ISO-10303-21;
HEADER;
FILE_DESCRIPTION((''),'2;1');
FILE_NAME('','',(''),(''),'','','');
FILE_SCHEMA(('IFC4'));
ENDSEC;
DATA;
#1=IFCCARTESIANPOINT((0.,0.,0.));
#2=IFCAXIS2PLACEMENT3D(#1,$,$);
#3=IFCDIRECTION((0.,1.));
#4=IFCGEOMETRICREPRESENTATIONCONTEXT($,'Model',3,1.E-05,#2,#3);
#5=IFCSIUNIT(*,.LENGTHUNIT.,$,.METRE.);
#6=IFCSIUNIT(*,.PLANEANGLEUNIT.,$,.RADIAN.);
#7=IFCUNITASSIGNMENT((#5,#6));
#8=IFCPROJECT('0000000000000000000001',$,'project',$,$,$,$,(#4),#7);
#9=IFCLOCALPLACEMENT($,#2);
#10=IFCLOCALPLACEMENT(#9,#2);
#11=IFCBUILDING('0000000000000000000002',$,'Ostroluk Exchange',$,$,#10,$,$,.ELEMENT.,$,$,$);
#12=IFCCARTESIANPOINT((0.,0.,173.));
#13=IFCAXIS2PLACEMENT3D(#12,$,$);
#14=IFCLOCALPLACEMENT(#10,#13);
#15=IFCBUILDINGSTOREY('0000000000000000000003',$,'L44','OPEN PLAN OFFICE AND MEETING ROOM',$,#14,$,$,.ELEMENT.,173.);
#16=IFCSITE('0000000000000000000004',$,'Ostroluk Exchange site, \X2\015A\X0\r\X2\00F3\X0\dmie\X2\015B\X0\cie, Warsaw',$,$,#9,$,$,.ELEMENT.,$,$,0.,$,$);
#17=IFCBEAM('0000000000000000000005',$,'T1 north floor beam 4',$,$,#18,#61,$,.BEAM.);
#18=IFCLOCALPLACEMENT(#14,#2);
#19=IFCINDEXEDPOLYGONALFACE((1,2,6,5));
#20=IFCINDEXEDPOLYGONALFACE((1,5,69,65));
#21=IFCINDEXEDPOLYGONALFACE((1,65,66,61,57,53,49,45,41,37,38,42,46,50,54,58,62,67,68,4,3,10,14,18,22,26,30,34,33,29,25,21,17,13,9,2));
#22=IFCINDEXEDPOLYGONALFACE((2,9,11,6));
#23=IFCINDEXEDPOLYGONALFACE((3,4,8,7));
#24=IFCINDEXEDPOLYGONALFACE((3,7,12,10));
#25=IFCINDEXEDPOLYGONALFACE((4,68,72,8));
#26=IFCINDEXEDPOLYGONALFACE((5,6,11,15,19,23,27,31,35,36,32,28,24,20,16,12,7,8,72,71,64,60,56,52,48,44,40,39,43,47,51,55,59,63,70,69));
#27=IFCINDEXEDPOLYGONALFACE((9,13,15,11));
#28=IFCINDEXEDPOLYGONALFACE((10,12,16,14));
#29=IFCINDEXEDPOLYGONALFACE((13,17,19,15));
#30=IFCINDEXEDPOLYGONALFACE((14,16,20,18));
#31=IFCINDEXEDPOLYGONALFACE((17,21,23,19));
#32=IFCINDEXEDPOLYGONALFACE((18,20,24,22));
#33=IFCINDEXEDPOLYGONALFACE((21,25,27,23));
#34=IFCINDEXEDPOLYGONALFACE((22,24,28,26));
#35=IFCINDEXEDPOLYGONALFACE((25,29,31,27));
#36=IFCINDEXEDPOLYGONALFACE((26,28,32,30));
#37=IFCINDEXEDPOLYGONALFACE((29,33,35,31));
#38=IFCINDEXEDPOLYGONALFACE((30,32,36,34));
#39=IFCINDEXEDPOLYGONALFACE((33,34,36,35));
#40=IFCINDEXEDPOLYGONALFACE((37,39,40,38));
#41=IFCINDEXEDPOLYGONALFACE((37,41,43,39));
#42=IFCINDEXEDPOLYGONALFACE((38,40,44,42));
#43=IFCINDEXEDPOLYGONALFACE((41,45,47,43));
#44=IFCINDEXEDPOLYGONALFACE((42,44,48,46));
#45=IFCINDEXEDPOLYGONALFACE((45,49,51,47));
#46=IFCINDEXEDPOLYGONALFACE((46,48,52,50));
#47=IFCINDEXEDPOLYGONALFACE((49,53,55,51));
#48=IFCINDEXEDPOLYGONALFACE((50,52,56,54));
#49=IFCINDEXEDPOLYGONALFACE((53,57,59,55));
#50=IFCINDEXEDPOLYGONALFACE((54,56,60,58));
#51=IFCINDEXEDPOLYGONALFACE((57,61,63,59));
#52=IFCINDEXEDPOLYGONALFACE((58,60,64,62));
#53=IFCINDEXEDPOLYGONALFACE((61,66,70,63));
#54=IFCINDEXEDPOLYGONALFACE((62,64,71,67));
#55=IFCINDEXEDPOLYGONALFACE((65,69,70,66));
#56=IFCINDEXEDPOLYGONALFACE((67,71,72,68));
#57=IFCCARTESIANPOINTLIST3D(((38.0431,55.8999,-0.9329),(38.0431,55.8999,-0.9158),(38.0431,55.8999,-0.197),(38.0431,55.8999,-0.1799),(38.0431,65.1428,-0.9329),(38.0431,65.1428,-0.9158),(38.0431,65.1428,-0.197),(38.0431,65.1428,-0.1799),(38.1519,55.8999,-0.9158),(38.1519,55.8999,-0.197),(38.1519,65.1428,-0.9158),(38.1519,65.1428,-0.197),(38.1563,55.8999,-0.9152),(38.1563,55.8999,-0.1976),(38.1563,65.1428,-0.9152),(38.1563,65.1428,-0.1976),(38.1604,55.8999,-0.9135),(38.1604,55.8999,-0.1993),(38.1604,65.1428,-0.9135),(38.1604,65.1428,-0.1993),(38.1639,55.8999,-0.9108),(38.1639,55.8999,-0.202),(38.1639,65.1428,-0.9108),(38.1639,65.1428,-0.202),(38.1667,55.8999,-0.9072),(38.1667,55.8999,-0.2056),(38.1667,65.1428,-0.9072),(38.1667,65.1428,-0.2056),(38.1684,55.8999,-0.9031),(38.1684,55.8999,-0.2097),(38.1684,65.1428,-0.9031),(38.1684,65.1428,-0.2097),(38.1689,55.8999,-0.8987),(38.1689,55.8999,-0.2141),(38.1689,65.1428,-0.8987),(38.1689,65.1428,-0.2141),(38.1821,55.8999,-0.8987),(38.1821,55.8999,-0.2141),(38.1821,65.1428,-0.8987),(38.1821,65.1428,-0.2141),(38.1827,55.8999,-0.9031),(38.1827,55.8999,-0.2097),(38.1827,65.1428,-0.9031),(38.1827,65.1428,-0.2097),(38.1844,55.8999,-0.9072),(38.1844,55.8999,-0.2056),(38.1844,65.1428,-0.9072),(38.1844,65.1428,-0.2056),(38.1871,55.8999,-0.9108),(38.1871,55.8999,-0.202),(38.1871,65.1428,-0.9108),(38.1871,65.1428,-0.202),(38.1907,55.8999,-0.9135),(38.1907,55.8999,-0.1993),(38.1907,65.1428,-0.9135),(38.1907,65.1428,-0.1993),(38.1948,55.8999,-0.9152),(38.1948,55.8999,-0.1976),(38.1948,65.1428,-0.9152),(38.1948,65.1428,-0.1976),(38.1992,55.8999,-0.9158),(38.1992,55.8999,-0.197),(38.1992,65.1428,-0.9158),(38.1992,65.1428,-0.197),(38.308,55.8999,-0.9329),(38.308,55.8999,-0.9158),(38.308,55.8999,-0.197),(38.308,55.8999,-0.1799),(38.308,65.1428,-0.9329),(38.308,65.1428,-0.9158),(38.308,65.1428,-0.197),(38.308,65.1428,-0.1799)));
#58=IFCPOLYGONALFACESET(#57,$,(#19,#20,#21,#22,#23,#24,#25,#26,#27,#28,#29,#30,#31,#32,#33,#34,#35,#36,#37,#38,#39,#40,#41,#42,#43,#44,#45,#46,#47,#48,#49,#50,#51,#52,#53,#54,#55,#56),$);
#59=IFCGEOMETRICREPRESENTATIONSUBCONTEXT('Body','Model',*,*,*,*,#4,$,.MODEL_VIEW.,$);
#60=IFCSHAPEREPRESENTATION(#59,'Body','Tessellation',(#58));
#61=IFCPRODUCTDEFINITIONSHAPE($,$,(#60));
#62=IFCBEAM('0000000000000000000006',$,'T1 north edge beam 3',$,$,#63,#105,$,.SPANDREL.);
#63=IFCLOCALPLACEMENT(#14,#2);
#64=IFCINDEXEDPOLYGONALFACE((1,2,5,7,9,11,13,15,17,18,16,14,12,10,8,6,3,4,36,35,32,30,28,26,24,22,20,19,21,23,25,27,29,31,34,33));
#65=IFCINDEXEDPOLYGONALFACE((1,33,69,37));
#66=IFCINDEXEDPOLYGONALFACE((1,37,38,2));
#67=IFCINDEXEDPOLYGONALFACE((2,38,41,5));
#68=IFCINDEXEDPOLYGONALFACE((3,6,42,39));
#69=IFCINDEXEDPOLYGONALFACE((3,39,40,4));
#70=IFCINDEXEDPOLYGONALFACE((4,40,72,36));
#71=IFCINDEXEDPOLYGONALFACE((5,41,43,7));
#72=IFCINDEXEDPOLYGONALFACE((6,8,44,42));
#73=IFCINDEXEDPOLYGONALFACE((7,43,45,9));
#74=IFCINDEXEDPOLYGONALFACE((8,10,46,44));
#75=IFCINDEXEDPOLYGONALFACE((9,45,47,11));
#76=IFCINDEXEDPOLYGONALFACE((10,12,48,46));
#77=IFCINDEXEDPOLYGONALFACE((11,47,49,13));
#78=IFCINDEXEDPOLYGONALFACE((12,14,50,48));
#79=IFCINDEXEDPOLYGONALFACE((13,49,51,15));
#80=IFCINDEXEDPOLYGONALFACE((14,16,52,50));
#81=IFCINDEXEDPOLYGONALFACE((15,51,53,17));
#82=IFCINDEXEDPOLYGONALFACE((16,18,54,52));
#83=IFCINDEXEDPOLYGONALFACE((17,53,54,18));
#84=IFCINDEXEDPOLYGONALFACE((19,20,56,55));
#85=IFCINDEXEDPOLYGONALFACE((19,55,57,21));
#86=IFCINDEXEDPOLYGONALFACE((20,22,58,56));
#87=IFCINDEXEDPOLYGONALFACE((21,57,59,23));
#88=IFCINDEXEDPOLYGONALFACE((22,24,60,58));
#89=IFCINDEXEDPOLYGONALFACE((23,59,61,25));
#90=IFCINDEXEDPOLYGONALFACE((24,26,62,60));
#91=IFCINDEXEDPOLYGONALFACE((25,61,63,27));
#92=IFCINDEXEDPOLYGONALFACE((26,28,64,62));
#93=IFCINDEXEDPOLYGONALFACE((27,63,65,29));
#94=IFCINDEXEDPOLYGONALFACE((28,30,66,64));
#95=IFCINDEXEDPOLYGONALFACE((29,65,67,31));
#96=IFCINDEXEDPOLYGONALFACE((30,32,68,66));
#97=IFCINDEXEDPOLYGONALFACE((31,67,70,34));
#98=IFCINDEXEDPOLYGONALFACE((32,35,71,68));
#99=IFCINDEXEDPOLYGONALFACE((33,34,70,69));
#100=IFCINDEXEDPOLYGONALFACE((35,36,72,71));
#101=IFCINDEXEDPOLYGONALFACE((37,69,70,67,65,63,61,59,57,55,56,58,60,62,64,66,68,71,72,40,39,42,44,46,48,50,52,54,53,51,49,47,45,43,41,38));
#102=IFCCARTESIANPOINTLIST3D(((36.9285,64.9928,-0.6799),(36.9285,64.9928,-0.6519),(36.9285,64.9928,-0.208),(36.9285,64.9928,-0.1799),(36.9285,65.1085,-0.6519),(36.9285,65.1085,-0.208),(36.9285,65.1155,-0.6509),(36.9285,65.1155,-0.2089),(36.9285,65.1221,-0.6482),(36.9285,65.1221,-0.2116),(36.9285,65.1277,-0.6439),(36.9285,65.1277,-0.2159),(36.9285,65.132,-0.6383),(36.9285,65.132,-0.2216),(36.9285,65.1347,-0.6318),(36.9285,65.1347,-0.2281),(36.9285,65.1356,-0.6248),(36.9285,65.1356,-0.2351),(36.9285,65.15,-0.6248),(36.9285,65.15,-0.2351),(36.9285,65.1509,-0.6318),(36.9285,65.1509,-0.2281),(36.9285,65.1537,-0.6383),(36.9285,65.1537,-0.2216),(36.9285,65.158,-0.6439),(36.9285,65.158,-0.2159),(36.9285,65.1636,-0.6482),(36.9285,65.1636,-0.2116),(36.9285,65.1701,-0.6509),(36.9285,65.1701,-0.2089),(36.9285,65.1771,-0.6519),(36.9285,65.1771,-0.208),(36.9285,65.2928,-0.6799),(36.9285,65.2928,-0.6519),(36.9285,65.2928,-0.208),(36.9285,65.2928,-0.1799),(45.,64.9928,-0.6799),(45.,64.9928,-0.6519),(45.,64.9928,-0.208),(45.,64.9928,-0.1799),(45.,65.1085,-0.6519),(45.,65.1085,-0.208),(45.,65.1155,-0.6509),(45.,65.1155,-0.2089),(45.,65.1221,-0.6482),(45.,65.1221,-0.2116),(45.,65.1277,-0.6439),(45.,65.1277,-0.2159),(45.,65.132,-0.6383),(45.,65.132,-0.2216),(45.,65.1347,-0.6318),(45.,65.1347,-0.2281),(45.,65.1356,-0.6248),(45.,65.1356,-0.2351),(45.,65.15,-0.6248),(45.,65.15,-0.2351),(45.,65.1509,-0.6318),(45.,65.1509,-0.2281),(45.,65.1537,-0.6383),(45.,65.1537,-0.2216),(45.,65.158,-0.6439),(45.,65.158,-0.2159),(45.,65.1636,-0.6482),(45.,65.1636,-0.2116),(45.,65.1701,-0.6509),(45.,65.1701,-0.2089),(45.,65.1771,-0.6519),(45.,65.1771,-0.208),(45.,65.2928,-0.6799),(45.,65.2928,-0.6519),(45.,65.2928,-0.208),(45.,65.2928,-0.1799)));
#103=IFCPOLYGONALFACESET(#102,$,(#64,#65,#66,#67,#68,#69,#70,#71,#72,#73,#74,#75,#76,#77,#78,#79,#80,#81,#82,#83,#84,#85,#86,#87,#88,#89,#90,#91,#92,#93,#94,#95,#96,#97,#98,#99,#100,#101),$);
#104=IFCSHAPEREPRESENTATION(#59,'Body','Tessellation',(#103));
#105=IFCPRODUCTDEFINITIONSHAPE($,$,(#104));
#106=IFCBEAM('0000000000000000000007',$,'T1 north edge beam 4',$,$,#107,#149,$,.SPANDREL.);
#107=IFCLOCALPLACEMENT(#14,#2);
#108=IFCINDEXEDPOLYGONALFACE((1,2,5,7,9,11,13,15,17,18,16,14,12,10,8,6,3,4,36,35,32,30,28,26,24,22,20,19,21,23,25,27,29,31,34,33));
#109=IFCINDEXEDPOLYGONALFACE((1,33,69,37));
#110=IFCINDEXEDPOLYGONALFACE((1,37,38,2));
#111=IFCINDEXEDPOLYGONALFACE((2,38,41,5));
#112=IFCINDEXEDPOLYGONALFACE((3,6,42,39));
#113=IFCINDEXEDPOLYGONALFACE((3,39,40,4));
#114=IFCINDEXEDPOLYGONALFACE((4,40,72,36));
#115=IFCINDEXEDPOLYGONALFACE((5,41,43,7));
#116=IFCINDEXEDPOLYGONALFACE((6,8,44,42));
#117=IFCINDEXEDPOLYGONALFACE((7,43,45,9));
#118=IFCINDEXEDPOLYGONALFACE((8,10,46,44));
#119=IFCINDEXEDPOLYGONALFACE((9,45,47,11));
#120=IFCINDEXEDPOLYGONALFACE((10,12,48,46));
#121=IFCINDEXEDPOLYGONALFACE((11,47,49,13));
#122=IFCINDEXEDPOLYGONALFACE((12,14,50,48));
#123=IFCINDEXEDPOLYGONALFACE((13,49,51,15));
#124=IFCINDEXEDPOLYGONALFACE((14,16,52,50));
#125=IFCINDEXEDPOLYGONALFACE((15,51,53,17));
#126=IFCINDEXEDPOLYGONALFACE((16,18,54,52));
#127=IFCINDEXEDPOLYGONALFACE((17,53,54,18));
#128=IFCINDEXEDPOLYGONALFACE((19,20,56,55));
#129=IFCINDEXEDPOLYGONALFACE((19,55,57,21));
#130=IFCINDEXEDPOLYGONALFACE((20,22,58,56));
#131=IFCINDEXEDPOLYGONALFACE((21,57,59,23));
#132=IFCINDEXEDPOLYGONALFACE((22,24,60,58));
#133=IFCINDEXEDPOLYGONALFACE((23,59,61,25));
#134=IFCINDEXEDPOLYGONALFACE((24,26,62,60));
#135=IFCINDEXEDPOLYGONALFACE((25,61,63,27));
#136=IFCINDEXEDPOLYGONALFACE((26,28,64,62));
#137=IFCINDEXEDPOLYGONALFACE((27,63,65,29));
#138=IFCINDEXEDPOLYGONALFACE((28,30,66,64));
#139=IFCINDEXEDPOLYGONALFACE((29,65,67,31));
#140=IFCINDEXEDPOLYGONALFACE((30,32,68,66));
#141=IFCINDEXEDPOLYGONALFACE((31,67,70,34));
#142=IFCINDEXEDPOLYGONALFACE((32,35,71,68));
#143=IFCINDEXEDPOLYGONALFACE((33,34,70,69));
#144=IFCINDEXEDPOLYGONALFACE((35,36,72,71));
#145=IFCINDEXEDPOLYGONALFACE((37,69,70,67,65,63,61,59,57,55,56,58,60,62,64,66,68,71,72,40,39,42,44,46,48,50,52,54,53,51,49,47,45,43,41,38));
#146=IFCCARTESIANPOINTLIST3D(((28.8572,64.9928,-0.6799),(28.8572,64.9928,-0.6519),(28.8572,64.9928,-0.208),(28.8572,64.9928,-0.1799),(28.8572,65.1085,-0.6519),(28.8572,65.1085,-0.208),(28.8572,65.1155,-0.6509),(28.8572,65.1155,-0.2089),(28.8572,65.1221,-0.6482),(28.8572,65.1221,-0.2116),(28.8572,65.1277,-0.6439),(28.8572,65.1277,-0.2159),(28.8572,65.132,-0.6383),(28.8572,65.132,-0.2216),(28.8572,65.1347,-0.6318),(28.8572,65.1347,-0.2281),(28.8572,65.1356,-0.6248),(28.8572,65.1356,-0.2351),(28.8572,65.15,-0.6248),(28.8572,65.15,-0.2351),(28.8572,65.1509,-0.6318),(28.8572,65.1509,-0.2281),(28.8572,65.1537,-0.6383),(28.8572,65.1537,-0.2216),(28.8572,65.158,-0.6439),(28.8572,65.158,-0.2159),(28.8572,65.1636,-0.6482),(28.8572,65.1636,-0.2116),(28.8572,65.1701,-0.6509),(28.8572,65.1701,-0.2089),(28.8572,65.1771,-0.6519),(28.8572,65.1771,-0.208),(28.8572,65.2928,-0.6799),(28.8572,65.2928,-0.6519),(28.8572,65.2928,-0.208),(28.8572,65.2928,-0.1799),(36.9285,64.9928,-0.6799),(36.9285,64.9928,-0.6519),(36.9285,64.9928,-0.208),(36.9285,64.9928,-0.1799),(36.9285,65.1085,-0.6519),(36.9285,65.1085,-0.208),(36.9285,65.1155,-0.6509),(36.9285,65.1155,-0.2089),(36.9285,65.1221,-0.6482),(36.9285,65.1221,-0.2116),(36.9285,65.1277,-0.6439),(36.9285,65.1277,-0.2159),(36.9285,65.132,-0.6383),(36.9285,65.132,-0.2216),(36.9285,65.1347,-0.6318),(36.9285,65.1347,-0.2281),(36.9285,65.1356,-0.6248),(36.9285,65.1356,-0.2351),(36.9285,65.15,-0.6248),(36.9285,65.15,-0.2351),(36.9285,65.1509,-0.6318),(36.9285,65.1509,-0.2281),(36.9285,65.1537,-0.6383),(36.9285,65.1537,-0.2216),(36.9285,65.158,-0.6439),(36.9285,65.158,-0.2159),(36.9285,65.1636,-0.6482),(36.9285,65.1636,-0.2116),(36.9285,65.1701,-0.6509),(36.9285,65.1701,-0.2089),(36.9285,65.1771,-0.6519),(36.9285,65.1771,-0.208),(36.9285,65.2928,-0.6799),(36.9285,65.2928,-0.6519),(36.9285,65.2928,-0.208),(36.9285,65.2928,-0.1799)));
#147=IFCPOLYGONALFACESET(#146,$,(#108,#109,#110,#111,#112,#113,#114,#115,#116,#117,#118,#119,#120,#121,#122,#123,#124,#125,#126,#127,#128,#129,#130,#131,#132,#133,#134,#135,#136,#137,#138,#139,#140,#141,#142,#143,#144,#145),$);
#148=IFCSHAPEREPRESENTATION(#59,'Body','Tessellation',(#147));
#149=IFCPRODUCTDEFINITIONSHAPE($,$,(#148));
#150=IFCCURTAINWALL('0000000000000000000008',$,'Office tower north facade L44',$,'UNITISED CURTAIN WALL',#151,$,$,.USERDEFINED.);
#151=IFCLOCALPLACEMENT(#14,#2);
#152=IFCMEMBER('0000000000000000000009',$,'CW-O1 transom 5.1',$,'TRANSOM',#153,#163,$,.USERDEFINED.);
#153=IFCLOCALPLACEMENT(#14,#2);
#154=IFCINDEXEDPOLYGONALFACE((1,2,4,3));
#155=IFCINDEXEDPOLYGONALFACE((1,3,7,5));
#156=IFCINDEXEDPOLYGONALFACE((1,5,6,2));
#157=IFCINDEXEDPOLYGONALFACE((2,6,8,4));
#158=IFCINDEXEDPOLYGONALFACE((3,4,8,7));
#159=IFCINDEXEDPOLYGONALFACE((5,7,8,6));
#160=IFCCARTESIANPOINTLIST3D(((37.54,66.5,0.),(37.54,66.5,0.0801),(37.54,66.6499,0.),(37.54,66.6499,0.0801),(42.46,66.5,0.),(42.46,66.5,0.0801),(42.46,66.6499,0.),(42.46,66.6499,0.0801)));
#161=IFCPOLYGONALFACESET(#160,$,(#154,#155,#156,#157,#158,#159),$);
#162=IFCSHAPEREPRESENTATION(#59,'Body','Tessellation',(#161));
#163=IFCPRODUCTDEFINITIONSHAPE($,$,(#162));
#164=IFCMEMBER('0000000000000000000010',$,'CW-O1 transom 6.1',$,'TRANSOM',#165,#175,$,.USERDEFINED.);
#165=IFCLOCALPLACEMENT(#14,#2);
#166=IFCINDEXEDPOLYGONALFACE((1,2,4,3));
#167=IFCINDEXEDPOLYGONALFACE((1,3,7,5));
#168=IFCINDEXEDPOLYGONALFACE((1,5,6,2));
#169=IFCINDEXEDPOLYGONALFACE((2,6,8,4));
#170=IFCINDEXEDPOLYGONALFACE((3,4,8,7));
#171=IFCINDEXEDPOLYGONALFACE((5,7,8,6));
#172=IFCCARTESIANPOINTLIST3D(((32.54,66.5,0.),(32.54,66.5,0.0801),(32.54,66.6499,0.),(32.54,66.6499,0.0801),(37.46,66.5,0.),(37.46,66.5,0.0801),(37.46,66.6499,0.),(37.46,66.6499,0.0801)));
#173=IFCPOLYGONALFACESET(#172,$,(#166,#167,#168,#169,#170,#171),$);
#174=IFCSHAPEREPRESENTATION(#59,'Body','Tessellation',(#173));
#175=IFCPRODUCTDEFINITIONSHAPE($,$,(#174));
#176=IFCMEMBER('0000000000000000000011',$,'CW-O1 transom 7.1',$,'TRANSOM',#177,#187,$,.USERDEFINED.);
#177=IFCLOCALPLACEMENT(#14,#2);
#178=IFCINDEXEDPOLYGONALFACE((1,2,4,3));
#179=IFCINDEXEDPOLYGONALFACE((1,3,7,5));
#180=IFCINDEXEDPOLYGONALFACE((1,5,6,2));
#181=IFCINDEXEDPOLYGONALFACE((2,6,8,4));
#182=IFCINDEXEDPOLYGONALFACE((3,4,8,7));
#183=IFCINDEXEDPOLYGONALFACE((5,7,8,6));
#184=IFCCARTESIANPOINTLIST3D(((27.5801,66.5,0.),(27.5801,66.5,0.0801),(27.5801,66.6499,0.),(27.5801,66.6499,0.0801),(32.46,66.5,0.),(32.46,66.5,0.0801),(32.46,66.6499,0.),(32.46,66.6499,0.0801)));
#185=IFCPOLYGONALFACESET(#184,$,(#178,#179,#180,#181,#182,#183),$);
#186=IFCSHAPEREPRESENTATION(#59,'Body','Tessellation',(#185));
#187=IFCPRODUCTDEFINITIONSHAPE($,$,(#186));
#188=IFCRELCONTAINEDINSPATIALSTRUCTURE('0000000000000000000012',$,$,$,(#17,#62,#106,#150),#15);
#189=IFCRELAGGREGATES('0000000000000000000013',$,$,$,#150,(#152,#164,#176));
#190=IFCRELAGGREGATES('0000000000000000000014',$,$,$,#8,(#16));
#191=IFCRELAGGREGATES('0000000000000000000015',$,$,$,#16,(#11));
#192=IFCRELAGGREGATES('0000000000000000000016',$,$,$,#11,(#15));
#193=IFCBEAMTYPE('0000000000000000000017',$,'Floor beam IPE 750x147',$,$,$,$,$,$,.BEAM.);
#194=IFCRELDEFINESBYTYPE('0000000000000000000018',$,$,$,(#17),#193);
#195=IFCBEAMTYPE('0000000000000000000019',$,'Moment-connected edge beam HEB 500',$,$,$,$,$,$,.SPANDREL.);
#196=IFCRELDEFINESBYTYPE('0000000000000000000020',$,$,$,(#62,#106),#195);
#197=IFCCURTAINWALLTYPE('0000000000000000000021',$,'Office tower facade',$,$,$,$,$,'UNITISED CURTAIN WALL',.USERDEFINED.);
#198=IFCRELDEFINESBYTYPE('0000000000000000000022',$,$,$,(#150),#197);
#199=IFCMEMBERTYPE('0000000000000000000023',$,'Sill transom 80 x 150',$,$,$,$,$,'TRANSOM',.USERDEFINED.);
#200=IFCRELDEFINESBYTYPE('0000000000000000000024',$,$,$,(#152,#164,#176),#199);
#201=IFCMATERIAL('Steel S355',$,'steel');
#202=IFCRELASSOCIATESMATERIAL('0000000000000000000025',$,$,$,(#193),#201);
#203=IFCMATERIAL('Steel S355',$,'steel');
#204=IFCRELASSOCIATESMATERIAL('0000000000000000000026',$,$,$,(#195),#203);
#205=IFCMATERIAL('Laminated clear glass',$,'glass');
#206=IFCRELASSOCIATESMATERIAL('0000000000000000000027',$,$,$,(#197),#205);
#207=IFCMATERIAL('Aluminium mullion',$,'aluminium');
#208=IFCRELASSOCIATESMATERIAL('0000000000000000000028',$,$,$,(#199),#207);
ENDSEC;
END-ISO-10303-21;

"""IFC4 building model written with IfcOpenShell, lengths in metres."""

from ifc_helpers import new_model, si_unit, direction, frame, origin, origin_2d, place, context, subcontext, project, spatial, rectangle, i_section, extrude, material, material_profile, profile_set, type_object, element, aggregate, save


model = new_model("IFC4")

# Units and contexts
model_context = context("Model", 3, precision=1e-05, world=origin(), true_north=direction((0.0, 1.0)))
body_context = subcontext(model_context, "Body", "Model", "MODEL_VIEW")
ifc_project = project(units=[si_unit("LENGTHUNIT", "METRE"), si_unit("PLANEANGLEUNIT", "RADIAN")], contexts=[model_context])

# Site, building, storey
site_placement = place(None, origin())
site = spatial("IfcSite", under=ifc_project, at=site_placement, Name="Ostroluk Exchange site, Śródmieście, Warsaw", CompositionType="ELEMENT", RefElevation=0.0)
building_placement = place(site_placement, origin())
building = spatial("IfcBuilding", under=site, at=building_placement, Name="Ostroluk Exchange", CompositionType="ELEMENT")
storey_placement = place(building_placement, frame((0.0, 0.0, 173.0)))
storey = spatial("IfcBuildingStorey", under=building, at=storey_placement, Name="L44", Description="OPEN PLAN OFFICE AND MEETING ROOM", CompositionType="ELEMENT", Elevation=173.0)

# Beams
ifc_material_1 = material(Name="Steel S355", Category="steel")
ifc_material_profile_1 = material_profile(ifc_material_1, i_section(OverallWidth=0.2649, OverallDepth=0.7529, WebThickness=0.0132, FlangeThickness=0.0171, FilletRadius=0.0171, at=origin_2d()), Name="IPE 750x147")
ifc_profile_set_1 = profile_set([ifc_material_profile_1], Name="Steel S355")
beam_type_1 = type_object("IfcBeamType", Name="Floor beam IPE 750x147", PredefinedType="BEAM", material=ifc_profile_set_1)
for number, where, z_axis, x_axis, name in (
    (1, (38.1755, 55.8999, -0.5564), (0.0, 1.0, 0.0), (-1.0, 0.0, 0.0), "T1 north floor beam 4"),
):
    element("IfcBeam", number, at=place(storey_placement, frame(where, z_axis=z_axis, x_axis=x_axis)), inside=storey, type_object=beam_type_1, Name=name, PredefinedType="BEAM", context=body_context, shape_type="SweptSolid", body=[
        extrude(i_section(OverallWidth=0.2649, OverallDepth=0.7529, WebThickness=0.0132, FlangeThickness=0.0171, FilletRadius=0.0171, at=origin_2d()), origin(), (0.0, 0.0, 1.0), 9.2429),
    ])
ifc_material_2 = material(Name="Steel S355", Category="steel")
ifc_material_profile_2 = material_profile(ifc_material_2, i_section(OverallWidth=0.3, OverallDepth=0.5, WebThickness=0.0144, FlangeThickness=0.0281, FilletRadius=0.0271, at=origin_2d()), Name="HEB 500")
ifc_profile_set_2 = profile_set([ifc_material_profile_2], Name="Steel S355")
beam_type_2 = type_object("IfcBeamType", Name="Moment-connected edge beam HEB 500", PredefinedType="SPANDREL", material=ifc_profile_set_2)
beam_1_placement = place(storey_placement, frame((45.0, 65.1428, -0.4299), z_axis=(-1.0, 0.0, 0.0), x_axis=(0.0, -1.0, 0.0)))
element("IfcBeam", 2, at=beam_1_placement, inside=storey, type_object=beam_type_2, Name="T1 north edge beam 3", PredefinedType="SPANDREL", context=body_context, shape_type="SweptSolid", body=[
    extrude(i_section(OverallWidth=0.3, OverallDepth=0.5, WebThickness=0.0144, FlangeThickness=0.0281, FilletRadius=0.0271, at=origin_2d()), origin(), (0.0, 0.0, 1.0), 8.0715),
])
beam_2_placement = place(storey_placement, frame((36.9285, 65.1428, -0.4299), z_axis=(-1.0, 0.0, 0.0), x_axis=(0.0, -1.0, 0.0)))
element("IfcBeam", 3, at=beam_2_placement, inside=storey, type_object=beam_type_2, Name="T1 north edge beam 4", PredefinedType="SPANDREL", context=body_context, shape_type="SweptSolid", body=[
    extrude(i_section(OverallWidth=0.3, OverallDepth=0.5, WebThickness=0.0144, FlangeThickness=0.0281, FilletRadius=0.0271, at=origin_2d()), origin(), (0.0, 0.0, 1.0), 8.0713),
])

# Curtain wall, members
ifc_material_3 = material(Name="Laminated clear glass", Category="glass")
curtain_wall_type = type_object("IfcCurtainWallType", Name="Office tower facade", ElementType="UNITISED CURTAIN WALL", PredefinedType="USERDEFINED", material=ifc_material_3)
curtain_wall_placement = place(storey_placement, origin())
curtain_wall = element("IfcCurtainWall", 4, at=curtain_wall_placement, inside=storey, type_object=curtain_wall_type, Name="Office tower north facade L44", ObjectType="UNITISED CURTAIN WALL", PredefinedType="USERDEFINED")
ifc_material_4 = material(Name="Aluminium mullion", Category="aluminium")
ifc_material_profile_3 = material_profile(ifc_material_4, rectangle(XDim=0.1499, YDim=0.0801, at=origin_2d()), Name="Sill transom 80 x 150")
ifc_profile_set_3 = profile_set([ifc_material_profile_3], Name="Aluminium mullion")
member_type_1 = type_object("IfcMemberType", Name="Sill transom 80 x 150", ElementType="TRANSOM", PredefinedType="USERDEFINED", material=ifc_profile_set_3)
member_1_placement = place(storey_placement, frame((42.46, 66.575, 0.04), z_axis=(-1.0, 0.0, 0.0), x_axis=(0.0, -1.0, 0.0)))
member_1 = element("IfcMember", 5, at=member_1_placement, type_object=member_type_1, Name="CW-O1 transom 5.1", ObjectType="TRANSOM", PredefinedType="USERDEFINED", context=body_context, shape_type="SweptSolid", body=[
    extrude(rectangle(XDim=0.1499, YDim=0.0801, at=origin_2d()), origin(), (0.0, 0.0, 1.0), 4.9199),
])
member_2_placement = place(storey_placement, frame((37.46, 66.575, 0.04), z_axis=(-1.0, 0.0, 0.0), x_axis=(0.0, -1.0, 0.0)))
member_2 = element("IfcMember", 6, at=member_2_placement, type_object=member_type_1, Name="CW-O1 transom 6.1", ObjectType="TRANSOM", PredefinedType="USERDEFINED", context=body_context, shape_type="SweptSolid", body=[
    extrude(rectangle(XDim=0.1499, YDim=0.0801, at=origin_2d()), origin(), (0.0, 0.0, 1.0), 4.9199),
])
member_3_placement = place(storey_placement, frame((32.46, 66.575, 0.04), z_axis=(-1.0, 0.0, 0.0), x_axis=(0.0, -1.0, 0.0)))
member_3 = element("IfcMember", 7, at=member_3_placement, type_object=member_type_1, Name="CW-O1 transom 7.1", ObjectType="TRANSOM", PredefinedType="USERDEFINED", context=body_context, shape_type="SweptSolid", body=[
    extrude(rectangle(XDim=0.1499, YDim=0.0801, at=origin_2d()), origin(), (0.0, 0.0, 1.0), 4.8799),
])
aggregate(curtain_wall, [member_1, member_2, member_3])

save(model, "model.ifc")
